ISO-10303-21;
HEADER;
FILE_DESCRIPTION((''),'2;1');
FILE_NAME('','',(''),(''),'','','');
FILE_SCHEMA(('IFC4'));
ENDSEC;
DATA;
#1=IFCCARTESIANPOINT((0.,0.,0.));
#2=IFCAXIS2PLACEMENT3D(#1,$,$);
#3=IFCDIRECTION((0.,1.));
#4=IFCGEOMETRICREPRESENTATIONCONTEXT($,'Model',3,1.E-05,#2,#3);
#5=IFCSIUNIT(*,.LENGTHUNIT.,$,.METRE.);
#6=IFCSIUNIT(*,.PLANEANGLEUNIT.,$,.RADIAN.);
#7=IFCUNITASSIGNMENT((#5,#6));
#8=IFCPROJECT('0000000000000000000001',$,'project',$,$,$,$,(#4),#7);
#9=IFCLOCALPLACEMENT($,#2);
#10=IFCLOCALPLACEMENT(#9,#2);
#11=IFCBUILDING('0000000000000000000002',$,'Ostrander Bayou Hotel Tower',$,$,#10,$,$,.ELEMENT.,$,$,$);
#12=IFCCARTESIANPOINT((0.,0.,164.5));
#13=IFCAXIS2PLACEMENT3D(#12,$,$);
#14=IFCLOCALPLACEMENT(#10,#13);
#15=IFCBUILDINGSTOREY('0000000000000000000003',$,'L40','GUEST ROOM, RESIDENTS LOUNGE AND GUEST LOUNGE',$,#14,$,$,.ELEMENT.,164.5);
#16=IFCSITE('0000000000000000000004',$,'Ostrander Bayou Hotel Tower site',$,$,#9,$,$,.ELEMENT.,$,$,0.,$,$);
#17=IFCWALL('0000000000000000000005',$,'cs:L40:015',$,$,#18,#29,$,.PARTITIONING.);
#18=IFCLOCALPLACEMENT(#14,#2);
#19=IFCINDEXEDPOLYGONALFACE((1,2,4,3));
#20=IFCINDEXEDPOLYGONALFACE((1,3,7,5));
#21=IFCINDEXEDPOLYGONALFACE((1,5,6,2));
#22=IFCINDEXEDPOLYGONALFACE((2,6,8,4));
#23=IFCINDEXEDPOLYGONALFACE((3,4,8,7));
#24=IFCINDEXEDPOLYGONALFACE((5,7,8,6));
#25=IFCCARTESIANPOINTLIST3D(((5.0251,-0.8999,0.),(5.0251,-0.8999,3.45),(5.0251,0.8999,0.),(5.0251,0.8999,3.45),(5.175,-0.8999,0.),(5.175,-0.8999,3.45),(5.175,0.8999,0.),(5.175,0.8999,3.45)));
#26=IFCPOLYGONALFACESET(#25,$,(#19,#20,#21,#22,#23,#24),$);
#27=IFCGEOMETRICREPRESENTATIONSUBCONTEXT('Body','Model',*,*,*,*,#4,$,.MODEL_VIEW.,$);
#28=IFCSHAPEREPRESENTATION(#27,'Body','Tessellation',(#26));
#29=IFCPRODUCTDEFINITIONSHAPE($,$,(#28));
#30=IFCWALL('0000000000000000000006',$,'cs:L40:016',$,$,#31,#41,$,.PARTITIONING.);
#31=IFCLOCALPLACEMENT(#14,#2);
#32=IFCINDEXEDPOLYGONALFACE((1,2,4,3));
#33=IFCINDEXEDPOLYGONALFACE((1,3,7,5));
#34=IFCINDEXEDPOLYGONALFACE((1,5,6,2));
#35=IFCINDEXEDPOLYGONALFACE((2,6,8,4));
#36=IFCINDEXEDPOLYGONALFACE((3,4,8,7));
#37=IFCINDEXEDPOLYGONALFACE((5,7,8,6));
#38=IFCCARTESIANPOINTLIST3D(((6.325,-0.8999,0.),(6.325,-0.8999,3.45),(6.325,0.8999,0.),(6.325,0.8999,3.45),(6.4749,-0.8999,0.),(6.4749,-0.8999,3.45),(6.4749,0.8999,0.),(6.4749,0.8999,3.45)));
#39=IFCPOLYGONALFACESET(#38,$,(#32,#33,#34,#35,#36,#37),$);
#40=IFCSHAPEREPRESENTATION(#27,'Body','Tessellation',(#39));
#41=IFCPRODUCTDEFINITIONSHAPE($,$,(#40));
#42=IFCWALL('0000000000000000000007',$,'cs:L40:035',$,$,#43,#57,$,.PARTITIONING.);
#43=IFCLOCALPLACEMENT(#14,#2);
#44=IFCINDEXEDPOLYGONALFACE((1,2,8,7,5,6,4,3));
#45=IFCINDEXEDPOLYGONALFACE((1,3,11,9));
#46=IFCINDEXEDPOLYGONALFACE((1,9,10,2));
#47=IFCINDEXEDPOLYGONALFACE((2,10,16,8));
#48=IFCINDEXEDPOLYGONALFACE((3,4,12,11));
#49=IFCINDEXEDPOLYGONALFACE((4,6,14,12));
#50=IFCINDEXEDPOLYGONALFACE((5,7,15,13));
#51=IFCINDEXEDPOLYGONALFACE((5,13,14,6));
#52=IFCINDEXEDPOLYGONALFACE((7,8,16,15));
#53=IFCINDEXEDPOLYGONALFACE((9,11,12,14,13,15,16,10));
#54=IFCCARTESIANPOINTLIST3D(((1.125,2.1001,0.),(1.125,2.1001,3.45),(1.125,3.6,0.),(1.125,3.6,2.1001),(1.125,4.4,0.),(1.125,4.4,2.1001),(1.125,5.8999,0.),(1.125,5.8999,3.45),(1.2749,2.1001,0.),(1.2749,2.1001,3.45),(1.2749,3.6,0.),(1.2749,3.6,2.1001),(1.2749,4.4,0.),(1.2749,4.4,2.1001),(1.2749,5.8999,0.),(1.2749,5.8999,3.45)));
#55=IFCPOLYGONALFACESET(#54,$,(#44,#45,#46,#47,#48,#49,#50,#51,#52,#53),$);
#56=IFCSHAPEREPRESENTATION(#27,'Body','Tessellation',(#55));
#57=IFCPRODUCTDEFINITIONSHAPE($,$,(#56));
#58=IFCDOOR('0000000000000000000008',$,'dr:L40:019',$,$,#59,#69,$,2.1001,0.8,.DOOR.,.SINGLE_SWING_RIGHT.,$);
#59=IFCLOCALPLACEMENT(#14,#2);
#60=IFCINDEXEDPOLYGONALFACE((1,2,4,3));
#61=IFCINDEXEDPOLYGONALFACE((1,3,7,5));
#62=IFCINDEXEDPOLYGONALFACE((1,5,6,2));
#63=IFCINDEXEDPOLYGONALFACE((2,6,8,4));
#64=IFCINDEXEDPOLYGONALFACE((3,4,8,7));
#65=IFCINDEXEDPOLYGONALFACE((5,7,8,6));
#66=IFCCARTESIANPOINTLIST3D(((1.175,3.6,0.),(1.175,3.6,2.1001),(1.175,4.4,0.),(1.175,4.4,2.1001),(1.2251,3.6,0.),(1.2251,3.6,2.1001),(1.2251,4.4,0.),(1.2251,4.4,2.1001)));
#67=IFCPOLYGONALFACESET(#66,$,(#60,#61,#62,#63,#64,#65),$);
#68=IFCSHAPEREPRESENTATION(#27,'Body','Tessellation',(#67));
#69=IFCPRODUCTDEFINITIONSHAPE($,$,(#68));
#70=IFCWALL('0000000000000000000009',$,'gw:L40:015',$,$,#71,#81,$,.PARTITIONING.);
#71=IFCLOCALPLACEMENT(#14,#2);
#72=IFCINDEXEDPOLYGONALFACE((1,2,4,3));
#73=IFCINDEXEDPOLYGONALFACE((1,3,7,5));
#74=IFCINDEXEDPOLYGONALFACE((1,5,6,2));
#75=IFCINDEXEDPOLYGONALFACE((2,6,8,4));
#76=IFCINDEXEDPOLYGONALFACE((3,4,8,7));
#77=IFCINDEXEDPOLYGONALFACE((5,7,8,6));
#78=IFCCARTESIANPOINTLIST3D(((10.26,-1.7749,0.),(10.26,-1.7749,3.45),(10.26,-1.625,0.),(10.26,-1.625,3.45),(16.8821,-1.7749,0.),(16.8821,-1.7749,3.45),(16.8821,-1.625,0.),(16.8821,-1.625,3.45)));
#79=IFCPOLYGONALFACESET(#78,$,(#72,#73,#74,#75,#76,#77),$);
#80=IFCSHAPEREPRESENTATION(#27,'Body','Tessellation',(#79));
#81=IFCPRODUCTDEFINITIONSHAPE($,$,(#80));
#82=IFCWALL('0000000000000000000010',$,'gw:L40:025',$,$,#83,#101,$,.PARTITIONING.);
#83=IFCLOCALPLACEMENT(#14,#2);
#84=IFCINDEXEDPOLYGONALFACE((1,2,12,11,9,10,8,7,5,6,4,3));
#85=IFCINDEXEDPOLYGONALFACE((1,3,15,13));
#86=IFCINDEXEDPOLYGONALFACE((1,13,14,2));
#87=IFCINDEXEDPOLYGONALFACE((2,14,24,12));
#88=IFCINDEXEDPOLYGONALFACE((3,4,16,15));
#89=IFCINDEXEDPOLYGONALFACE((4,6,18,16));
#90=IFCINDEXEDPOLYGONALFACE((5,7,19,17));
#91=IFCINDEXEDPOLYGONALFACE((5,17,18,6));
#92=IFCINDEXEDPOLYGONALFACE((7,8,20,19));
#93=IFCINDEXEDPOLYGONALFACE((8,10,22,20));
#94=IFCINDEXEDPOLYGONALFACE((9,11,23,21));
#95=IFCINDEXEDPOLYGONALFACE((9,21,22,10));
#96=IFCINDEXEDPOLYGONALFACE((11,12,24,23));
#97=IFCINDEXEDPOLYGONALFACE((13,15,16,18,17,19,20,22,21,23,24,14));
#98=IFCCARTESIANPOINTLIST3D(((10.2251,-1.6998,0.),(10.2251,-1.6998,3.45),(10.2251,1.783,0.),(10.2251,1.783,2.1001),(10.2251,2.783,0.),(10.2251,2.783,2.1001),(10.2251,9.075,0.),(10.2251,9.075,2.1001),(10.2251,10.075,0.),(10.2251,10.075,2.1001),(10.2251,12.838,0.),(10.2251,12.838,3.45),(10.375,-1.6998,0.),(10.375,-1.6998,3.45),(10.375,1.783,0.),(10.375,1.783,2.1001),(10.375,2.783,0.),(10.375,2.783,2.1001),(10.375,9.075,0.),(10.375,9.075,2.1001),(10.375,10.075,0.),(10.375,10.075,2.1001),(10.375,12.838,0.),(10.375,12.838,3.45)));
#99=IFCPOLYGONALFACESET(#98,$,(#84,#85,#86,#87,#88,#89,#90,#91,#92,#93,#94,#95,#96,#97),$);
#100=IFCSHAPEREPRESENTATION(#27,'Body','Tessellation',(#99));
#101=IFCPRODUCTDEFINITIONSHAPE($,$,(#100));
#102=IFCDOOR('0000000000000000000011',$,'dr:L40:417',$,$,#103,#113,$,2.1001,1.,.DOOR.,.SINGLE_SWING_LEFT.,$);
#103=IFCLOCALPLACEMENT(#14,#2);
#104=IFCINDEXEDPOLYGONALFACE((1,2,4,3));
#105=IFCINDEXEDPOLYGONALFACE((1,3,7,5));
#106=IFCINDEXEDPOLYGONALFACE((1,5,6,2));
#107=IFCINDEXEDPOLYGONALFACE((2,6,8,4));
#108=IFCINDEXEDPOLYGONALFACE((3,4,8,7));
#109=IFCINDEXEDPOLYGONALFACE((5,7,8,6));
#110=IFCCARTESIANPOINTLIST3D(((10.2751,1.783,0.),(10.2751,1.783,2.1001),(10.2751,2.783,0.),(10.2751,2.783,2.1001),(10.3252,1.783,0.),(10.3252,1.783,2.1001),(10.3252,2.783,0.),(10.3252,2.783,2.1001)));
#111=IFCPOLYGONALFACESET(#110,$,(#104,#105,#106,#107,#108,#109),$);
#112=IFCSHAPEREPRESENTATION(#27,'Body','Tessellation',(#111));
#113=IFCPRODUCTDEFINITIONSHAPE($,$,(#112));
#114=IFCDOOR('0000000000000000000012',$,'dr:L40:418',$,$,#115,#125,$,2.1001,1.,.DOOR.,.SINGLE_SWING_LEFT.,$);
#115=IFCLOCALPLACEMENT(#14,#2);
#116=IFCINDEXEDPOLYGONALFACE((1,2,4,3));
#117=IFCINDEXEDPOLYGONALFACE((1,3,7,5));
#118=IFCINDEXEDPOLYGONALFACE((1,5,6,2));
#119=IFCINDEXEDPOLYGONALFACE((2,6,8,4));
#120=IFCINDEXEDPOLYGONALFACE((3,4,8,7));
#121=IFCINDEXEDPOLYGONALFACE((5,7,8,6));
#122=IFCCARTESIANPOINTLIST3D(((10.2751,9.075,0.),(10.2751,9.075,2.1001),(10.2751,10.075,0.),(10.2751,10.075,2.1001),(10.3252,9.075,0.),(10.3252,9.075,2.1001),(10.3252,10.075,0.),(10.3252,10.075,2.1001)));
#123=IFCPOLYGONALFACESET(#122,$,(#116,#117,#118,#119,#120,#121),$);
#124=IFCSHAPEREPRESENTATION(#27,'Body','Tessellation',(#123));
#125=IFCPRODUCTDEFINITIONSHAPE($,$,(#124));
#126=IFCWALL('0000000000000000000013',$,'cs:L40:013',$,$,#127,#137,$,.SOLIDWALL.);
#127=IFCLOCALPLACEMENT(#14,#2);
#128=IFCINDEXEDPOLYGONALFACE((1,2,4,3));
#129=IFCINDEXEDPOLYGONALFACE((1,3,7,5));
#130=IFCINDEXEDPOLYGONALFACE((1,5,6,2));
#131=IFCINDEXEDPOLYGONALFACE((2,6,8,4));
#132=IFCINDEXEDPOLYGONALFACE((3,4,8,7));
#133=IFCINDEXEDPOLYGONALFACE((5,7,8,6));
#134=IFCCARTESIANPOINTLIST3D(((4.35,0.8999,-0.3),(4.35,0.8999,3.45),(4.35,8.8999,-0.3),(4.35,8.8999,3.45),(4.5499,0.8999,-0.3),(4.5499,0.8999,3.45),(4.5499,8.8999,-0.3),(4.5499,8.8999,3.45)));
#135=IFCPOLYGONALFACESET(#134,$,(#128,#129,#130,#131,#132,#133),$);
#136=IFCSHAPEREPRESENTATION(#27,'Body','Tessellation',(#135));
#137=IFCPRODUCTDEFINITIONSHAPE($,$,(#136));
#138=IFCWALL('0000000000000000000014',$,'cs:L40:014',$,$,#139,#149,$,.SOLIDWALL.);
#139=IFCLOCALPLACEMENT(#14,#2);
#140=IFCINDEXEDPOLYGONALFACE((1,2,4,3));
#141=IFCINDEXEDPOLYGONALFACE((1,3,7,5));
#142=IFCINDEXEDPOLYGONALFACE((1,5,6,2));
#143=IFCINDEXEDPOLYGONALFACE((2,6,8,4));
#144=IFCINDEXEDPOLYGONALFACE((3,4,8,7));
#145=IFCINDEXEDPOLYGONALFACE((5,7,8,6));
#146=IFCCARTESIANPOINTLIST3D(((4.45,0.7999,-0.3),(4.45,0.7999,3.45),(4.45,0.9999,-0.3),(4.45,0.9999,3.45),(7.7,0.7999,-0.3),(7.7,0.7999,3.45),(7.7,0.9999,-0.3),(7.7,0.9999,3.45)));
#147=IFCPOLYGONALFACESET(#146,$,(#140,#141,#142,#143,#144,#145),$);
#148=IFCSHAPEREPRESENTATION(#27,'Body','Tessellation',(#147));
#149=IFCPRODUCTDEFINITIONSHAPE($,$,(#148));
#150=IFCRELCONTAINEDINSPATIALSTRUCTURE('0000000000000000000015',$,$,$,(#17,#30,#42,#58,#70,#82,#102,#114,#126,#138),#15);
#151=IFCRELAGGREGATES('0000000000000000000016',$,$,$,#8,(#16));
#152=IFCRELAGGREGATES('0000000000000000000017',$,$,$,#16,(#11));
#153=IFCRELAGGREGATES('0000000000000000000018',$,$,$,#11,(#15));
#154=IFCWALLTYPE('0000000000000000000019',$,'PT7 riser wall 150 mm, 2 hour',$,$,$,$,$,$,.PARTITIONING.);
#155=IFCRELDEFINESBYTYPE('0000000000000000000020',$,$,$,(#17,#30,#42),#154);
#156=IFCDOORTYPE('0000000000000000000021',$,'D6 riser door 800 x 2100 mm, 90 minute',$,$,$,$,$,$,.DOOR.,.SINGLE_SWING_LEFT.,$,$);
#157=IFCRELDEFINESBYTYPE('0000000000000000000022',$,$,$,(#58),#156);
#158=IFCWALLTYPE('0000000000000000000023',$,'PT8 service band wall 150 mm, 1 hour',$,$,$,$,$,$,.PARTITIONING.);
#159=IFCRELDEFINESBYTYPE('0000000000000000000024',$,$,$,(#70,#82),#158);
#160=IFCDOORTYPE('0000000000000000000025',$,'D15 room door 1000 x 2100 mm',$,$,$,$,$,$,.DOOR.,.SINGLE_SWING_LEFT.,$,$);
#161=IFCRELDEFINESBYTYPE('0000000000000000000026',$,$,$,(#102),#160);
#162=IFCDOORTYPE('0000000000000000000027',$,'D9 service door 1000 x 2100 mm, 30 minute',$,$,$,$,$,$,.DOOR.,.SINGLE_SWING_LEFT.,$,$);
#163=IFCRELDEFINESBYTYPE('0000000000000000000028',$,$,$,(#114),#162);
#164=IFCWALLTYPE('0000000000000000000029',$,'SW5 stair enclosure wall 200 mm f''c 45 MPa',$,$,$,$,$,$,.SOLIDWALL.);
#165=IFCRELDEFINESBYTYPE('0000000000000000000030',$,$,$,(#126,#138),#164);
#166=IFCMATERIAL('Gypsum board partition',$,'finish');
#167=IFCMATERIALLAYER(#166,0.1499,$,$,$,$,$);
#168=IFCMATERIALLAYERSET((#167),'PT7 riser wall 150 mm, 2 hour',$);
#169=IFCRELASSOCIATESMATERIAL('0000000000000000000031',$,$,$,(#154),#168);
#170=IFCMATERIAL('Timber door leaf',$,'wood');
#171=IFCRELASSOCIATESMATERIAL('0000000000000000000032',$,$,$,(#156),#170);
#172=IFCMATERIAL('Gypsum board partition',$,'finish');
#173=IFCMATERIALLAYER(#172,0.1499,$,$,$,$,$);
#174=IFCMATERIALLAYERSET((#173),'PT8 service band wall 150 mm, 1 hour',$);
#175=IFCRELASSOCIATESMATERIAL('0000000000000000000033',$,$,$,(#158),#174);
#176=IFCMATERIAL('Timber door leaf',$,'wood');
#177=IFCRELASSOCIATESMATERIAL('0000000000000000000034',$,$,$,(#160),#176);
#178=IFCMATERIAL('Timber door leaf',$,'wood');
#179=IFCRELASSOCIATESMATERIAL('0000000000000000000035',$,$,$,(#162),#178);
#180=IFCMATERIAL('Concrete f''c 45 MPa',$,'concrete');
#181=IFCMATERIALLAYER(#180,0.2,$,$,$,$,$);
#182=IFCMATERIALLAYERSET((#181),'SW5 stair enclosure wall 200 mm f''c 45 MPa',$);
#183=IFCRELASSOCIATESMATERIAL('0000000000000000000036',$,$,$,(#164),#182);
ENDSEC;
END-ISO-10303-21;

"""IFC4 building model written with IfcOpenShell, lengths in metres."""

from ifc_helpers import new_model, si_unit, direction, frame, frame_2d, origin, place, context, subcontext, project, spatial, rectangle, extrude, material, layer, layer_set, type_object, element, fill, save


model = new_model("IFC4")

# Units and contexts
model_context = context("Model", 3, precision=1e-05, world=origin(), true_north=direction((0.0, 1.0)))
body_context = subcontext(model_context, "Body", "Model", "MODEL_VIEW")
ifc_project = project(units=[si_unit("LENGTHUNIT", "METRE"), si_unit("PLANEANGLEUNIT", "RADIAN")], contexts=[model_context])

# Site, building, storey
site_placement = place(None, origin())
site = spatial("IfcSite", under=ifc_project, at=site_placement, Name="Ostrander Bayou Hotel Tower site", CompositionType="ELEMENT", RefElevation=0.0)
building_placement = place(site_placement, origin())
building = spatial("IfcBuilding", under=site, at=building_placement, Name="Ostrander Bayou Hotel Tower", CompositionType="ELEMENT")
storey_placement = place(building_placement, frame((0.0, 0.0, 164.5)))
storey = spatial("IfcBuildingStorey", under=building, at=storey_placement, Name="L40", Description="GUEST ROOM, RESIDENTS LOUNGE AND GUEST LOUNGE", CompositionType="ELEMENT", Elevation=164.5)

# Walls
ifc_material_1 = material(Name="Gypsum board partition", Category="finish")
ifc_layer_1 = layer(ifc_material_1, 0.1499)
ifc_layer_set_1 = layer_set([ifc_layer_1], Name="PT7 riser wall 150 mm, 2 hour")
wall_type_1 = type_object("IfcWallType", Name="PT7 riser wall 150 mm, 2 hour", PredefinedType="PARTITIONING", material=ifc_layer_set_1)
for number, where, z_axis, x_axis, name in (
    (1, (5.1001, -0.8999, 0.0), (0.0, 0.0, 1.0), (0.0, 1.0, 0.0), "cs:L40:015"),
    (2, (6.3999, -0.8999, 0.0), (0.0, 0.0, 1.0), (0.0, 1.0, 0.0), "cs:L40:016"),
):
    element("IfcWall", number, at=place(storey_placement, frame(where, z_axis=z_axis, x_axis=x_axis)), inside=storey, type_object=wall_type_1, Name=name, PredefinedType="PARTITIONING", context=body_context, shape_type="SweptSolid", body=[
        extrude(rectangle(XDim=1.7998, YDim=0.1499, at=frame_2d((0.8999, 0.0))), origin(), (0.0, 0.0, 1.0), 3.45),
    ])

# Wall, opening, door
wall_1_placement = place(storey_placement, frame((1.2, 2.1001, 0.0), z_axis=(0.0, 0.0, 1.0), x_axis=(0.0, 1.0, 0.0)))
wall_1 = element("IfcWall", 3, at=wall_1_placement, inside=storey, type_object=wall_type_1, Name="cs:L40:035", PredefinedType="PARTITIONING", context=body_context, shape_type="SweptSolid", body=[
    extrude(rectangle(XDim=3.7998, YDim=0.1499, at=frame_2d((1.8999, 0.0))), origin(), (0.0, 0.0, 1.0), 3.45),
])
opening_1_placement = place(wall_1_placement, frame((1.5, 0.0, 0.0)))
opening_1 = element("IfcOpeningElement", 4, at=opening_1_placement, cuts=wall_1, PredefinedType="OPENING", context=body_context, shape_type="SweptSolid", body=[
    extrude(rectangle(XDim=0.8, YDim=2.1001, at=frame_2d((0.3999, 1.05))), frame((0.0, 0.075, 0.0), z_axis=(0.0, -1.0, 0.0), x_axis=(1.0, 0.0, 0.0)), (0.0, 0.0, 1.0), 0.1499),
])
ifc_material_2 = material(Name="Timber door leaf", Category="wood")
door_type_1 = type_object("IfcDoorType", Name="D6 riser door 800 x 2100 mm, 90 minute", OperationType="SINGLE_SWING_LEFT", PredefinedType="DOOR", material=ifc_material_2)
door_1_placement = place(opening_1_placement, origin())
door_1 = element("IfcDoor", 5, at=door_1_placement, inside=storey, type_object=door_type_1, Name="dr:L40:019", OperationType="SINGLE_SWING_RIGHT", OverallHeight=2.1001, OverallWidth=0.8, PredefinedType="DOOR", context=body_context, shape_type="SweptSolid", body=[
    extrude(rectangle(XDim=0.8, YDim=2.1001, at=frame_2d((0.3999, 1.05))), frame((0.0, 0.0249, 0.0), z_axis=(0.0, -1.0, 0.0), x_axis=(1.0, 0.0, 0.0)), (0.0, 0.0, 1.0), 0.05),
])
fill(opening_1, door_1)

# Wall
ifc_material_3 = material(Name="Gypsum board partition", Category="finish")
ifc_layer_2 = layer(ifc_material_3, 0.1499)
ifc_layer_set_2 = layer_set([ifc_layer_2], Name="PT8 service band wall 150 mm, 1 hour")
wall_type_2 = type_object("IfcWallType", Name="PT8 service band wall 150 mm, 1 hour", PredefinedType="PARTITIONING", material=ifc_layer_set_2)
wall_2_placement = place(storey_placement, frame((10.26, -1.7, 0.0), z_axis=(0.0, 0.0, 1.0), x_axis=(1.0, 0.0, 0.0)))
element("IfcWall", 6, at=wall_2_placement, inside=storey, type_object=wall_type_2, Name="gw:L40:015", PredefinedType="PARTITIONING", context=body_context, shape_type="SweptSolid", body=[
    extrude(rectangle(XDim=6.6221, YDim=0.1499, at=frame_2d((3.311, 0.0))), origin(), (0.0, 0.0, 1.0), 3.45),
])

# Wall, openings, doors
wall_3_placement = place(storey_placement, frame((10.3, -1.7, 0.0), z_axis=(0.0, 0.0, 1.0), x_axis=(0.0, 1.0, 0.0)))
wall_3 = element("IfcWall", 7, at=wall_3_placement, inside=storey, type_object=wall_type_2, Name="gw:L40:025", PredefinedType="PARTITIONING", context=body_context, shape_type="SweptSolid", body=[
    extrude(rectangle(XDim=14.5378, YDim=0.1499, at=frame_2d((7.269, 0.0))), origin(), (0.0, 0.0, 1.0), 3.45),
])
opening_2_placement = place(wall_3_placement, frame((3.4829, 0.0, 0.0)))
opening_2 = element("IfcOpeningElement", 8, at=opening_2_placement, cuts=wall_3, PredefinedType="OPENING", context=body_context, shape_type="SweptSolid", body=[
    extrude(rectangle(XDim=1.0, YDim=2.1001, at=frame_2d((0.5, 1.05))), frame((0.0, 0.075, 0.0), z_axis=(0.0, -1.0, 0.0), x_axis=(1.0, 0.0, 0.0)), (0.0, 0.0, 1.0), 0.1499),
])
opening_3_placement = place(wall_3_placement, frame((10.7749, 0.0, 0.0)))
opening_3 = element("IfcOpeningElement", 9, at=opening_3_placement, cuts=wall_3, PredefinedType="OPENING", context=body_context, shape_type="SweptSolid", body=[
    extrude(rectangle(XDim=1.0, YDim=2.1001, at=frame_2d((0.5, 1.05))), frame((0.0, 0.075, 0.0), z_axis=(0.0, -1.0, 0.0), x_axis=(1.0, 0.0, 0.0)), (0.0, 0.0, 1.0), 0.1499),
])
ifc_material_4 = material(Name="Timber door leaf", Category="wood")
door_type_2 = type_object("IfcDoorType", Name="D15 room door 1000 x 2100 mm", OperationType="SINGLE_SWING_LEFT", PredefinedType="DOOR", material=ifc_material_4)
door_2_placement = place(opening_2_placement, origin())
door_2 = element("IfcDoor", 10, at=door_2_placement, inside=storey, type_object=door_type_2, Name="dr:L40:417", OperationType="SINGLE_SWING_LEFT", OverallHeight=2.1001, OverallWidth=1.0, PredefinedType="DOOR", context=body_context, shape_type="SweptSolid", body=[
    extrude(rectangle(XDim=1.0, YDim=2.1001, at=frame_2d((0.5, 1.05))), frame((0.0, 0.0249, 0.0), z_axis=(0.0, -1.0, 0.0), x_axis=(1.0, 0.0, 0.0)), (0.0, 0.0, 1.0), 0.05),
])
fill(opening_2, door_2)
ifc_material_5 = material(Name="Timber door leaf", Category="wood")
door_type_3 = type_object("IfcDoorType", Name="D9 service door 1000 x 2100 mm, 30 minute", OperationType="SINGLE_SWING_LEFT", PredefinedType="DOOR", material=ifc_material_5)
door_3_placement = place(opening_3_placement, origin())
door_3 = element("IfcDoor", 11, at=door_3_placement, inside=storey, type_object=door_type_3, Name="dr:L40:418", OperationType="SINGLE_SWING_LEFT", OverallHeight=2.1001, OverallWidth=1.0, PredefinedType="DOOR", context=body_context, shape_type="SweptSolid", body=[
    extrude(rectangle(XDim=1.0, YDim=2.1001, at=frame_2d((0.5, 1.05))), frame((0.0, 0.0249, 0.0), z_axis=(0.0, -1.0, 0.0), x_axis=(1.0, 0.0, 0.0)), (0.0, 0.0, 1.0), 0.05),
])
fill(opening_3, door_3)

# Walls
ifc_material_6 = material(Name="Concrete f'c 45 MPa", Category="concrete")
ifc_layer_3 = layer(ifc_material_6, 0.2)
ifc_layer_set_3 = layer_set([ifc_layer_3], Name="SW5 stair enclosure wall 200 mm f'c 45 MPa")
wall_type_3 = type_object("IfcWallType", Name="SW5 stair enclosure wall 200 mm f'c 45 MPa", PredefinedType="SOLIDWALL", material=ifc_layer_set_3)
wall_4_placement = place(storey_placement, frame((4.45, 0.8999, -0.3), z_axis=(0.0, 0.0, 1.0), x_axis=(0.0, 1.0, 0.0)))
element("IfcWall", 12, at=wall_4_placement, inside=storey, type_object=wall_type_3, Name="cs:L40:013", PredefinedType="SOLIDWALL", context=body_context, shape_type="SweptSolid", body=[
    extrude(rectangle(XDim=8.0, YDim=0.2, at=frame_2d((4.0, 0.0))), origin(), (0.0, 0.0, 1.0), 3.75),
])
wall_5_placement = place(storey_placement, frame((4.45, 0.8999, -0.3), z_axis=(0.0, 0.0, 1.0), x_axis=(1.0, 0.0, 0.0)))
element("IfcWall", 13, at=wall_5_placement, inside=storey, type_object=wall_type_3, Name="cs:L40:014", PredefinedType="SOLIDWALL", context=body_context, shape_type="SweptSolid", body=[
    extrude(rectangle(XDim=3.25, YDim=0.2, at=frame_2d((1.625, 0.0))), origin(), (0.0, 0.0, 1.0), 3.75),
])

save(model, "model.ifc")
